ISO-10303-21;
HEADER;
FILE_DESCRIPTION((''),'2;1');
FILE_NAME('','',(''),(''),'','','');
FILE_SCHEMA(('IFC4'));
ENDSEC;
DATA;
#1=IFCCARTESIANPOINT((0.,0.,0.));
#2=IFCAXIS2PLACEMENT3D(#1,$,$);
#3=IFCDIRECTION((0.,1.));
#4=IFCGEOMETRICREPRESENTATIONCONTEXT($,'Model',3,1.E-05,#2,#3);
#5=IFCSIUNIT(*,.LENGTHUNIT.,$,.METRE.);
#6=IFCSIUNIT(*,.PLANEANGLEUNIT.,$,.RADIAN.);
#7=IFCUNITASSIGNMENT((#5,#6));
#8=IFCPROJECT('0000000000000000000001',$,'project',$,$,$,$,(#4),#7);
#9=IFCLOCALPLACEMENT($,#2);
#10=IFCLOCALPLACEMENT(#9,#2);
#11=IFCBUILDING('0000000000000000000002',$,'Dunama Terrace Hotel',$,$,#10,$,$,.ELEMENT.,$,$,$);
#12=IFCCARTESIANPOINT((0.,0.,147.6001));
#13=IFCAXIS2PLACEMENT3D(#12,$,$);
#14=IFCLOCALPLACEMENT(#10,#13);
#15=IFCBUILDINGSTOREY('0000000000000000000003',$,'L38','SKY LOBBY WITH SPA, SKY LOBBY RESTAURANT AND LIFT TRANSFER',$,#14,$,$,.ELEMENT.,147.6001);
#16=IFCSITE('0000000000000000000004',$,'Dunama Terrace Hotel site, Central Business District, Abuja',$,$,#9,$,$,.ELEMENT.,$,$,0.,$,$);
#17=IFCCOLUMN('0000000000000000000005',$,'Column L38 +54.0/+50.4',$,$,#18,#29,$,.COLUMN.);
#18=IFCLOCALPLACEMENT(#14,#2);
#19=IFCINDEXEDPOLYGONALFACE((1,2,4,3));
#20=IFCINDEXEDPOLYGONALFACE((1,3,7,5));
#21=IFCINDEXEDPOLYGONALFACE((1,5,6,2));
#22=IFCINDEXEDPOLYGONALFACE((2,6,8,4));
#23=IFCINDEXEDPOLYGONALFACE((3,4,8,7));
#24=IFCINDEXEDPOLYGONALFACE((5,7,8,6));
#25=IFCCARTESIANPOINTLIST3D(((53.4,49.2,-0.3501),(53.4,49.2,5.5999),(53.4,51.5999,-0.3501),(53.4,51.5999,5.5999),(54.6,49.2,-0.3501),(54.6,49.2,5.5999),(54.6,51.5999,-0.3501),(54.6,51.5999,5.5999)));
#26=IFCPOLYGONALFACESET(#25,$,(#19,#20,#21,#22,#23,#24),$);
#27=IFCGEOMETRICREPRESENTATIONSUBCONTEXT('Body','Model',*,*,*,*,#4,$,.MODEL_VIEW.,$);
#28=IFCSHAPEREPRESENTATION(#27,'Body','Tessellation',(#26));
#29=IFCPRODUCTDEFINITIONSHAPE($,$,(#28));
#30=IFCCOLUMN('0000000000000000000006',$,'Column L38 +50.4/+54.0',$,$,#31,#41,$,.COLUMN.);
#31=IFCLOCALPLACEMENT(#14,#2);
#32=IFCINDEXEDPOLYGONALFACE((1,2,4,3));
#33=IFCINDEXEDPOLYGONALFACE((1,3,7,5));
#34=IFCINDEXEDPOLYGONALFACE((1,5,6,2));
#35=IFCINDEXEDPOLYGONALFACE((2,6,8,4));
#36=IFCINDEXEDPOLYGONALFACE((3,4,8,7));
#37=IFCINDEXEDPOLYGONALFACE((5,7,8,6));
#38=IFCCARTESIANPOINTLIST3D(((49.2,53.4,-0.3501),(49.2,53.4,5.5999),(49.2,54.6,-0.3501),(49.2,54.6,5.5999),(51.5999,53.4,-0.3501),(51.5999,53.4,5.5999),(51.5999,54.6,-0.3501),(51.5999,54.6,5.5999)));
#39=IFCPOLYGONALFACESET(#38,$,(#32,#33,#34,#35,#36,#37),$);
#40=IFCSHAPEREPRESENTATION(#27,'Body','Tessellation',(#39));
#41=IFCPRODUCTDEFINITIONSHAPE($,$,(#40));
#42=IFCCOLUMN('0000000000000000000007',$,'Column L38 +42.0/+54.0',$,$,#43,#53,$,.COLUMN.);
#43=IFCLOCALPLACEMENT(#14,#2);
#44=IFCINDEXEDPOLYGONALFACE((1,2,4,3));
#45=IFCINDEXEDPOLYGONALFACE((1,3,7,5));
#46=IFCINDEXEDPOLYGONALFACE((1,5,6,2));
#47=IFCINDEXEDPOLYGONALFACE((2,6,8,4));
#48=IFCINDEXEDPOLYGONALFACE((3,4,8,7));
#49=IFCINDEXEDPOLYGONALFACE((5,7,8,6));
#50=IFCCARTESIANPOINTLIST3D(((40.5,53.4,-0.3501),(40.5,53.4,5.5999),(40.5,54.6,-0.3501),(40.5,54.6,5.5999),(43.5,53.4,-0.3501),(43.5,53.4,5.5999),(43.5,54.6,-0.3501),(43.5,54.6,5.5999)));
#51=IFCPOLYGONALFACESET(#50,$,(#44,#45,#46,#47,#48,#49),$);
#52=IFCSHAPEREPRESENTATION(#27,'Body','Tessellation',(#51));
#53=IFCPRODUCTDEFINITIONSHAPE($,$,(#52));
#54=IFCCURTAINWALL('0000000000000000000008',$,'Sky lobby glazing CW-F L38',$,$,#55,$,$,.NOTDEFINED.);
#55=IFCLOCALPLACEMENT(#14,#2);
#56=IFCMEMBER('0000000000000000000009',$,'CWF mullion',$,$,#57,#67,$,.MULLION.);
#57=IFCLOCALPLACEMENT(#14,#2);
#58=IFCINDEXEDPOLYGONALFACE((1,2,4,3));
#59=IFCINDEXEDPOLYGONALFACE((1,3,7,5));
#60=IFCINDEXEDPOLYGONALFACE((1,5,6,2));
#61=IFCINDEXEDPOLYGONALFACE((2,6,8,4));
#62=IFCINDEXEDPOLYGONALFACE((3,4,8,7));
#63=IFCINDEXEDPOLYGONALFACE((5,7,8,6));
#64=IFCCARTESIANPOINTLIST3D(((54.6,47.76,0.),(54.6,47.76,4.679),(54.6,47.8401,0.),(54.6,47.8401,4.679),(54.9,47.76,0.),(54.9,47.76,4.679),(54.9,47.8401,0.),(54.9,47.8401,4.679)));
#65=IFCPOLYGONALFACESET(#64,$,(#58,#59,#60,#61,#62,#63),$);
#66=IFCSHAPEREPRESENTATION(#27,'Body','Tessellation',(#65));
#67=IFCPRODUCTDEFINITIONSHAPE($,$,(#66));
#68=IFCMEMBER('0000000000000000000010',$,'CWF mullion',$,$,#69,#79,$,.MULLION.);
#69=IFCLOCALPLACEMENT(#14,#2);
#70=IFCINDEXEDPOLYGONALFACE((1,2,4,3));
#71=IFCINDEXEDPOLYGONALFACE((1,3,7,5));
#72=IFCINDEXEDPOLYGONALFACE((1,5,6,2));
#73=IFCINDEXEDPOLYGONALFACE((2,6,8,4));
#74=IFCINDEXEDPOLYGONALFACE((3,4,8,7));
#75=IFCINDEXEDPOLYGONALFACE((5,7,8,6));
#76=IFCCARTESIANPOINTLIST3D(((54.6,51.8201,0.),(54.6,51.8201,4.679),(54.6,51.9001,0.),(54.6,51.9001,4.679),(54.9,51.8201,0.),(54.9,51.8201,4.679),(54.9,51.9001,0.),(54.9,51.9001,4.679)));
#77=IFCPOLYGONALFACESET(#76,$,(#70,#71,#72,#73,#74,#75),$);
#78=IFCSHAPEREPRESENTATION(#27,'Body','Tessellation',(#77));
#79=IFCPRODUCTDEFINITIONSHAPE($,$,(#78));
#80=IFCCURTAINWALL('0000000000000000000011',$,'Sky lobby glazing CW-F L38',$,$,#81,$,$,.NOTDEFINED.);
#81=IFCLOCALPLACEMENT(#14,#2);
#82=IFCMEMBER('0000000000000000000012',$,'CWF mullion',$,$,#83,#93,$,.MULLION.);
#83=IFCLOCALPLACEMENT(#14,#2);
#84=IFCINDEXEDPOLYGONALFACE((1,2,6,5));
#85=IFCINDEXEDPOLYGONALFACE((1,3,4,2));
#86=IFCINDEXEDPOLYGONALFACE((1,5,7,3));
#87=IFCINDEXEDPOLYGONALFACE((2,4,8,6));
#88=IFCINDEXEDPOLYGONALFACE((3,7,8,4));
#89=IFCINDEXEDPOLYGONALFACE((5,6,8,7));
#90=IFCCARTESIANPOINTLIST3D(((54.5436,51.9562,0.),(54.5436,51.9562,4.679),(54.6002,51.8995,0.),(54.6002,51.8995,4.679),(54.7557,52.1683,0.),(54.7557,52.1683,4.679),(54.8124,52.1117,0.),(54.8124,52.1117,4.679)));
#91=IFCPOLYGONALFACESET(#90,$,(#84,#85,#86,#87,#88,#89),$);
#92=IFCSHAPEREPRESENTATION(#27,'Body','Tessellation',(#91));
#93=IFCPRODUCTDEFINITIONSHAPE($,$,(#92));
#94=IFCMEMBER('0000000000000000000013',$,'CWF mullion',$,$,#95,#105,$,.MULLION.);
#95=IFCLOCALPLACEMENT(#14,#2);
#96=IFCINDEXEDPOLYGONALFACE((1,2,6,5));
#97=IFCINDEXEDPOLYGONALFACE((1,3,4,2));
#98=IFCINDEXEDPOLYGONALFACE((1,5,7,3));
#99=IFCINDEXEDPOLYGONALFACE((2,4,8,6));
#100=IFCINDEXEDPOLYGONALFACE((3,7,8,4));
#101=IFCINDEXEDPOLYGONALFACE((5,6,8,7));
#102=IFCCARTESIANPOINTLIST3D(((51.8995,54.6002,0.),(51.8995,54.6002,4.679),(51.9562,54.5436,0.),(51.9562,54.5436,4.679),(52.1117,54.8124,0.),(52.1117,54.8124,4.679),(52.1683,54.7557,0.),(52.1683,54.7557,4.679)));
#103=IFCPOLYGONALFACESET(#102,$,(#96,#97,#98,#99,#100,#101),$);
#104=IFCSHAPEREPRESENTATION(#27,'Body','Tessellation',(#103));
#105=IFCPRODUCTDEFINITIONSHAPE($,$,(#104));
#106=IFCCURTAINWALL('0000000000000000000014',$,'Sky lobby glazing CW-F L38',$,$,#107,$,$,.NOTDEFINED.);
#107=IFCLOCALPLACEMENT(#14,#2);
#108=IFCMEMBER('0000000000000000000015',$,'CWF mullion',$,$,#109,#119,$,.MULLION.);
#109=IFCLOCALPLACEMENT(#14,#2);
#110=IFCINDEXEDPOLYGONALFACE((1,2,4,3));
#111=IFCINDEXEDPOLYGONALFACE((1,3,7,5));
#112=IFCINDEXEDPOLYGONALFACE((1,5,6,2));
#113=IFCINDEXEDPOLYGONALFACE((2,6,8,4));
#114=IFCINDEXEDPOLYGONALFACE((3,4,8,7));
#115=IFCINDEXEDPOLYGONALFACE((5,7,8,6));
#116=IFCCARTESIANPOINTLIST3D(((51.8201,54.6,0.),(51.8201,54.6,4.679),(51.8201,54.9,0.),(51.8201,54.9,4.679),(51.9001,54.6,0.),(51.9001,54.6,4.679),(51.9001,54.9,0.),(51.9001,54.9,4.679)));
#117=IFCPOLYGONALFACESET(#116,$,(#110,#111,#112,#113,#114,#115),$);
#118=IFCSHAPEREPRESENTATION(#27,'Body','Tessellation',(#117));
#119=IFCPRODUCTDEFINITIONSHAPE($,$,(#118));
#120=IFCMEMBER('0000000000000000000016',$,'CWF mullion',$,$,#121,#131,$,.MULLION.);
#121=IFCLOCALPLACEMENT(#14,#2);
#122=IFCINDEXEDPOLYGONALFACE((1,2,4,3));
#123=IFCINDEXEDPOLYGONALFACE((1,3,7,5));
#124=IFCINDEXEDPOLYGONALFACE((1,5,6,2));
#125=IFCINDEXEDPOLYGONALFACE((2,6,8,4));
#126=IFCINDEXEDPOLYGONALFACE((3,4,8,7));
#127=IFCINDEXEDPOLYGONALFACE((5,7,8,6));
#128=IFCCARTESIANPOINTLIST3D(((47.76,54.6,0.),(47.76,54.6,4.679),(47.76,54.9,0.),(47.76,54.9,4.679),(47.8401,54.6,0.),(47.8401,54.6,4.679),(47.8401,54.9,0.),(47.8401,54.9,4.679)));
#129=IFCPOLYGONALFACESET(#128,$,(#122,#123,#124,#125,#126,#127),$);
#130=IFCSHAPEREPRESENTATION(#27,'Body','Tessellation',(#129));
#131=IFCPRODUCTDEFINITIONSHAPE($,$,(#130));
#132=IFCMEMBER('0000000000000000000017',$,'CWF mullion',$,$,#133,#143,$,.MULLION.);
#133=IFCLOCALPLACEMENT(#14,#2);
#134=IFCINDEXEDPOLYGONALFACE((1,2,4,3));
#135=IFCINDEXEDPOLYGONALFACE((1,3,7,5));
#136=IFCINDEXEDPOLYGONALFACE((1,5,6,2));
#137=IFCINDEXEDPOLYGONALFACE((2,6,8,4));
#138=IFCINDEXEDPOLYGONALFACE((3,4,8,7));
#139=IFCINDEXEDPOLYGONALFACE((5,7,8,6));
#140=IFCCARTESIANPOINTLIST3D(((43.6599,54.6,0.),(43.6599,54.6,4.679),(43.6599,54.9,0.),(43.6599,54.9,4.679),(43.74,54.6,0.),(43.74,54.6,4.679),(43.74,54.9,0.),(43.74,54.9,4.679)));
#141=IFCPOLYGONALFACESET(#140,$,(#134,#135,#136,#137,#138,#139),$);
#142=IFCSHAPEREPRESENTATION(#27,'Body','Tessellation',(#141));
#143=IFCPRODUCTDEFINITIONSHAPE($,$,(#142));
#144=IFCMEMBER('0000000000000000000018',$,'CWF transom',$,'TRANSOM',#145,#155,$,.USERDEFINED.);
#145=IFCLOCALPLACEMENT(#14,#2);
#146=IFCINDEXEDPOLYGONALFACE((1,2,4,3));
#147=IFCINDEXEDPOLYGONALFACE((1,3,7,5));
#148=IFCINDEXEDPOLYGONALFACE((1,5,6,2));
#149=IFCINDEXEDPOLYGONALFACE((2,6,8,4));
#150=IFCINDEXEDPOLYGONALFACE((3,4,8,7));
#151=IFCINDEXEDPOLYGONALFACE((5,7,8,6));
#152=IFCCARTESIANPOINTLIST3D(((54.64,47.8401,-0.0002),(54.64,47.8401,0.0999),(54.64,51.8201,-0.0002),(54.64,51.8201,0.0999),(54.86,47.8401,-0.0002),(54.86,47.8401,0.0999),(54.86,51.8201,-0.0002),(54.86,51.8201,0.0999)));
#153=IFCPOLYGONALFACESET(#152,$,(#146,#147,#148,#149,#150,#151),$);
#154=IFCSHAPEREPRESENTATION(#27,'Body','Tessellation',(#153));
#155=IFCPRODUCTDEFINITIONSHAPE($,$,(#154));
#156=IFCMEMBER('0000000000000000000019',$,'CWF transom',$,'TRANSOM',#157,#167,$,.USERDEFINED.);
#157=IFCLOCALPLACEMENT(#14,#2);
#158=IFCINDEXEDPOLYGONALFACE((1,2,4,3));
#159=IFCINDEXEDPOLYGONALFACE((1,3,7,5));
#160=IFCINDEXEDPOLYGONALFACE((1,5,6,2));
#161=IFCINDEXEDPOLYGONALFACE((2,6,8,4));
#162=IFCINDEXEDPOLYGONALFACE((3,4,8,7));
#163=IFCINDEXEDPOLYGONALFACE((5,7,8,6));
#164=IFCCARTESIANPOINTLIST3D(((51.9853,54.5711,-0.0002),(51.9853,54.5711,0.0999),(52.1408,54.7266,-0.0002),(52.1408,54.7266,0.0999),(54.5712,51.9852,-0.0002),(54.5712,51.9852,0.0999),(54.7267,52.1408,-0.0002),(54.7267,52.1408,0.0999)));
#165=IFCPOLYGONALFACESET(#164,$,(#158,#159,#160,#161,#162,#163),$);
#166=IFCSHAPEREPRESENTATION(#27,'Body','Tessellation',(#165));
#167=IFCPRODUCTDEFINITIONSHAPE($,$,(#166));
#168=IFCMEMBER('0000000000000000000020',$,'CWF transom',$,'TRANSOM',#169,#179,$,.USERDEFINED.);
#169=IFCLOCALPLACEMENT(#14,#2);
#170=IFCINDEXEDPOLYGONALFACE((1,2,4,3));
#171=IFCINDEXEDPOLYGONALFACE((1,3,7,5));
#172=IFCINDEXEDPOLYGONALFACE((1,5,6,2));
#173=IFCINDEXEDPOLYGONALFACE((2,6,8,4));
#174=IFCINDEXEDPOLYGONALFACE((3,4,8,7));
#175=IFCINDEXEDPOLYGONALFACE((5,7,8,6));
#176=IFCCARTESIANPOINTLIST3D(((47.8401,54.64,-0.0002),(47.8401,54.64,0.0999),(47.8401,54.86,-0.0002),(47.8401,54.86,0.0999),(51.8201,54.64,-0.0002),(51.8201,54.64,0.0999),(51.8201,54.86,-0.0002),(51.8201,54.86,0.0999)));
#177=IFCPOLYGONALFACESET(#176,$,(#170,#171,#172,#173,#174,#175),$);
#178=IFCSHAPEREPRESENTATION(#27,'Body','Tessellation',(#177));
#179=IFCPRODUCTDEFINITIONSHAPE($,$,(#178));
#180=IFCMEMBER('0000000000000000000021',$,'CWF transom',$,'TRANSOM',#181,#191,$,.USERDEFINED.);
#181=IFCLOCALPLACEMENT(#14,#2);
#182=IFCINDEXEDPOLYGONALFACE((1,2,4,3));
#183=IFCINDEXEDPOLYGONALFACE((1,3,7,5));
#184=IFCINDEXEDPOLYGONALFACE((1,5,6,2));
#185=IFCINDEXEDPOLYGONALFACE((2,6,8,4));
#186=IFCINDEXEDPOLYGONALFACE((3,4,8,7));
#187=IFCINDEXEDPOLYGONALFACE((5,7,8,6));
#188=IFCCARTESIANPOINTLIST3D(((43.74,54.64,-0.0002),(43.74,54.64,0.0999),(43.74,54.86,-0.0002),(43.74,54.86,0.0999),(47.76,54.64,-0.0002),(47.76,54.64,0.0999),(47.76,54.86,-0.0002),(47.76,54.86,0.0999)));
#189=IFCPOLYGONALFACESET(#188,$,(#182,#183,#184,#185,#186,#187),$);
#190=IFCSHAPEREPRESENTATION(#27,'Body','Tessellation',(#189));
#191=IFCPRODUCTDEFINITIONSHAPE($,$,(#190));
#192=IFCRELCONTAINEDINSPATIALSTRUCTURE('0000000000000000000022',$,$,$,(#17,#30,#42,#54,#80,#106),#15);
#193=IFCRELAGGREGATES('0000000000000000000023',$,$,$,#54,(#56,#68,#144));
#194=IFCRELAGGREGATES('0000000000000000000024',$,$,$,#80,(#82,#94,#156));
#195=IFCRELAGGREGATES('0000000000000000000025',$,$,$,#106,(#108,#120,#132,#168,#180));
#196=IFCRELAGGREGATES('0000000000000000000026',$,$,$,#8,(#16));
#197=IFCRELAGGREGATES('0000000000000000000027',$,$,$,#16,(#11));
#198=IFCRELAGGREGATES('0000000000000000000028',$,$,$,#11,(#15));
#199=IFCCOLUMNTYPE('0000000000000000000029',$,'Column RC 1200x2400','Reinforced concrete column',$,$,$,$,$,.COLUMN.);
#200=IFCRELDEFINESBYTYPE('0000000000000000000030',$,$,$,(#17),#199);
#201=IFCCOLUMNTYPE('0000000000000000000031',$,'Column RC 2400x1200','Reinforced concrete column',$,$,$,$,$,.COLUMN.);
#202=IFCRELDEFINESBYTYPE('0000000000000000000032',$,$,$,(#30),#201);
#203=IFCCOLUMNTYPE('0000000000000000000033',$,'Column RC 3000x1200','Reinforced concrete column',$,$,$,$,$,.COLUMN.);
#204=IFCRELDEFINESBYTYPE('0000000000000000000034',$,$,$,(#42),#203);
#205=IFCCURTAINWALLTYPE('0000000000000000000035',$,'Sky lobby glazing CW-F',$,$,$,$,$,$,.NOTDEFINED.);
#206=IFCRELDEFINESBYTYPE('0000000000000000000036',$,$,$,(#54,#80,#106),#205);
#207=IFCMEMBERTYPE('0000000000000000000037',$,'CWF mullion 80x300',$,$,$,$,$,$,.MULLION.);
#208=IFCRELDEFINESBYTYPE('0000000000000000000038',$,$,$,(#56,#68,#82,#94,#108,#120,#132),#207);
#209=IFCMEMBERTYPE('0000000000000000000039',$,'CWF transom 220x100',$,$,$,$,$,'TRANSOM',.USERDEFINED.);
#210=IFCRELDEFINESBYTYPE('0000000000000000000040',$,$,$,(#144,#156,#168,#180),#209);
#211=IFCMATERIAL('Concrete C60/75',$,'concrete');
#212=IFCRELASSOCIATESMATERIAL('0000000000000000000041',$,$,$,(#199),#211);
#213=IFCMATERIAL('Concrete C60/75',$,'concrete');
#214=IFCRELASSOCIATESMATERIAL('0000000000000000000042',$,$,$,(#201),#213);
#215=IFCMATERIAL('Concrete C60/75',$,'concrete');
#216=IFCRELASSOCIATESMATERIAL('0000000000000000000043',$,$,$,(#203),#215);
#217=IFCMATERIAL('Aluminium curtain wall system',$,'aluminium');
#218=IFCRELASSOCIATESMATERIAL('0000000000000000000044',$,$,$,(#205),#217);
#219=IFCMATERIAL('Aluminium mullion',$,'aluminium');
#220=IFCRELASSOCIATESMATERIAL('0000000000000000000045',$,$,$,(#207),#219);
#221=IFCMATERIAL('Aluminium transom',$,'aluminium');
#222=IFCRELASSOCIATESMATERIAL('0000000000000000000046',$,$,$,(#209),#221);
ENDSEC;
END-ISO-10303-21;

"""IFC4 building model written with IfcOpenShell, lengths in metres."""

from ifc_helpers import new_model, si_unit, direction, frame, origin, origin_2d, place, context, subcontext, project, spatial, rectangle, extrude, material, material_profile, profile_set, type_object, element, aggregate, save


model = new_model("IFC4")

# Units and contexts
model_context = context("Model", 3, precision=1e-05, world=origin(), true_north=direction((0.0, 1.0)))
body_context = subcontext(model_context, "Body", "Model", "MODEL_VIEW")
ifc_project = project(units=[si_unit("LENGTHUNIT", "METRE"), si_unit("PLANEANGLEUNIT", "RADIAN")], contexts=[model_context])

# Site, building, storey
site_placement = place(None, origin())
site = spatial("IfcSite", under=ifc_project, at=site_placement, Name="Dunama Terrace Hotel site, Central Business District, Abuja", CompositionType="ELEMENT", RefElevation=0.0)
building_placement = place(site_placement, origin())
building = spatial("IfcBuilding", under=site, at=building_placement, Name="Dunama Terrace Hotel", CompositionType="ELEMENT")
storey_placement = place(building_placement, frame((0.0, 0.0, 147.6001)))
storey = spatial("IfcBuildingStorey", under=building, at=storey_placement, Name="L38", Description="SKY LOBBY WITH SPA, SKY LOBBY RESTAURANT AND LIFT TRANSFER", CompositionType="ELEMENT", Elevation=147.6001)

# Columns
ifc_material_1 = material(Name="Concrete C60/75", Category="concrete")
ifc_material_profile_1 = material_profile(ifc_material_1, rectangle(XDim=1.2, YDim=2.3999, at=origin_2d()), Name="RC 1200x2400")
ifc_profile_set_1 = profile_set([ifc_material_profile_1], Name="Concrete C60/75")
column_type_1 = type_object("IfcColumnType", Name="Column RC 1200x2400", Description="Reinforced concrete column", PredefinedType="COLUMN", material=ifc_profile_set_1)
column_1_placement = place(storey_placement, frame((54.0, 50.3999, -0.3501), z_axis=(0.0, 0.0, 1.0), x_axis=(1.0, 0.0, 0.0)))
element("IfcColumn", 1, at=column_1_placement, inside=storey, type_object=column_type_1, Name="Column L38 +54.0/+50.4", PredefinedType="COLUMN", context=body_context, shape_type="SweptSolid", body=[
    extrude(rectangle(XDim=1.2, YDim=2.3999, at=origin_2d()), origin(), (0.0, 0.0, 1.0), 5.95),
])
ifc_material_2 = material(Name="Concrete C60/75", Category="concrete")
ifc_material_profile_2 = material_profile(ifc_material_2, rectangle(XDim=2.3999, YDim=1.2, at=origin_2d()), Name="RC 2400x1200")
ifc_profile_set_2 = profile_set([ifc_material_profile_2], Name="Concrete C60/75")
column_type_2 = type_object("IfcColumnType", Name="Column RC 2400x1200", Description="Reinforced concrete column", PredefinedType="COLUMN", material=ifc_profile_set_2)
column_2_placement = place(storey_placement, frame((50.3999, 54.0, -0.3501), z_axis=(0.0, 0.0, 1.0), x_axis=(1.0, 0.0, 0.0)))
element("IfcColumn", 2, at=column_2_placement, inside=storey, type_object=column_type_2, Name="Column L38 +50.4/+54.0", PredefinedType="COLUMN", context=body_context, shape_type="SweptSolid", body=[
    extrude(rectangle(XDim=2.3999, YDim=1.2, at=origin_2d()), origin(), (0.0, 0.0, 1.0), 5.95),
])
ifc_material_3 = material(Name="Concrete C60/75", Category="concrete")
ifc_material_profile_3 = material_profile(ifc_material_3, rectangle(XDim=3.0, YDim=1.2, at=origin_2d()), Name="RC 3000x1200")
ifc_profile_set_3 = profile_set([ifc_material_profile_3], Name="Concrete C60/75")
column_type_3 = type_object("IfcColumnType", Name="Column RC 3000x1200", Description="Reinforced concrete column", PredefinedType="COLUMN", material=ifc_profile_set_3)
column_3_placement = place(storey_placement, frame((42.0, 54.0, -0.3501), z_axis=(0.0, 0.0, 1.0), x_axis=(1.0, 0.0, 0.0)))
element("IfcColumn", 3, at=column_3_placement, inside=storey, type_object=column_type_3, Name="Column L38 +42.0/+54.0", PredefinedType="COLUMN", context=body_context, shape_type="SweptSolid", body=[
    extrude(rectangle(XDim=3.0, YDim=1.2, at=origin_2d()), origin(), (0.0, 0.0, 1.0), 5.95),
])

# Curtain walls, members
ifc_material_4 = material(Name="Aluminium curtain wall system", Category="aluminium")
curtain_wall_type = type_object("IfcCurtainWallType", Name="Sky lobby glazing CW-F", PredefinedType="NOTDEFINED", material=ifc_material_4)
curtain_wall_1_placement = place(storey_placement, origin())
curtain_wall_1 = element("IfcCurtainWall", 4, at=curtain_wall_1_placement, inside=storey, type_object=curtain_wall_type, Name="Sky lobby glazing CW-F L38", PredefinedType="NOTDEFINED")
ifc_material_5 = material(Name="Aluminium mullion", Category="aluminium")
ifc_material_profile_4 = material_profile(ifc_material_5, rectangle(XDim=0.0801, YDim=0.3, at=origin_2d()), Name="CWF MULLION 80X300")
ifc_profile_set_4 = profile_set([ifc_material_profile_4], Name="Aluminium mullion")
member_type_1 = type_object("IfcMemberType", Name="CWF mullion 80x300", PredefinedType="MULLION", material=ifc_profile_set_4)
member_1_placement = place(storey_placement, frame((54.75, 47.8, 0.0), z_axis=(0.0, 0.0, 1.0), x_axis=(0.0, 1.0, 0.0)))
member_1 = element("IfcMember", 5, at=member_1_placement, type_object=member_type_1, Name="CWF mullion", PredefinedType="MULLION", context=body_context, shape_type="SweptSolid", body=[
    extrude(rectangle(XDim=0.0801, YDim=0.3, at=origin_2d()), origin(), (0.0, 0.0, 1.0), 4.679),
])
member_2_placement = place(storey_placement, frame((54.75, 51.8601, 0.0), z_axis=(0.0, 0.0, 1.0), x_axis=(0.0, 1.0, 0.0)))
member_2 = element("IfcMember", 6, at=member_2_placement, type_object=member_type_1, Name="CWF mullion", PredefinedType="MULLION", context=body_context, shape_type="SweptSolid", body=[
    extrude(rectangle(XDim=0.0801, YDim=0.3, at=origin_2d()), origin(), (0.0, 0.0, 1.0), 4.679),
])
curtain_wall_2_placement = place(storey_placement, origin())
curtain_wall_2 = element("IfcCurtainWall", 7, at=curtain_wall_2_placement, inside=storey, type_object=curtain_wall_type, Name="Sky lobby glazing CW-F L38", PredefinedType="NOTDEFINED")
member_3_placement = place(storey_placement, frame((54.678, 52.0339, 0.0), z_axis=(0.0, 0.0, 1.0), x_axis=(-0.707107, 0.707107, 0.0)))
member_3 = element("IfcMember", 8, at=member_3_placement, type_object=member_type_1, Name="CWF mullion", PredefinedType="MULLION", context=body_context, shape_type="SweptSolid", body=[
    extrude(rectangle(XDim=0.0801, YDim=0.3, at=origin_2d()), origin(), (0.0, 0.0, 1.0), 4.679),
])
member_4_placement = place(storey_placement, frame((52.0339, 54.678, 0.0), z_axis=(0.0, 0.0, 1.0), x_axis=(-0.707107, 0.707107, 0.0)))
member_4 = element("IfcMember", 9, at=member_4_placement, type_object=member_type_1, Name="CWF mullion", PredefinedType="MULLION", context=body_context, shape_type="SweptSolid", body=[
    extrude(rectangle(XDim=0.0801, YDim=0.3, at=origin_2d()), origin(), (0.0, 0.0, 1.0), 4.679),
])
curtain_wall_3_placement = place(storey_placement, origin())
curtain_wall_3 = element("IfcCurtainWall", 10, at=curtain_wall_3_placement, inside=storey, type_object=curtain_wall_type, Name="Sky lobby glazing CW-F L38", PredefinedType="NOTDEFINED")
member_5_placement = place(storey_placement, frame((51.8601, 54.75, 0.0), z_axis=(0.0, 0.0, 1.0), x_axis=(-1.0, 0.0, 0.0)))
member_5 = element("IfcMember", 11, at=member_5_placement, type_object=member_type_1, Name="CWF mullion", PredefinedType="MULLION", context=body_context, shape_type="SweptSolid", body=[
    extrude(rectangle(XDim=0.0801, YDim=0.3, at=origin_2d()), origin(), (0.0, 0.0, 1.0), 4.679),
])
member_6_placement = place(storey_placement, frame((47.8, 54.75, 0.0), z_axis=(0.0, 0.0, 1.0), x_axis=(-1.0, 0.0, 0.0)))
member_6 = element("IfcMember", 12, at=member_6_placement, type_object=member_type_1, Name="CWF mullion", PredefinedType="MULLION", context=body_context, shape_type="SweptSolid", body=[
    extrude(rectangle(XDim=0.0801, YDim=0.3, at=origin_2d()), origin(), (0.0, 0.0, 1.0), 4.679),
])
member_7_placement = place(storey_placement, frame((43.7, 54.75, 0.0), z_axis=(0.0, 0.0, 1.0), x_axis=(-1.0, 0.0, 0.0)))
member_7 = element("IfcMember", 13, at=member_7_placement, type_object=member_type_1, Name="CWF mullion", PredefinedType="MULLION", context=body_context, shape_type="SweptSolid", body=[
    extrude(rectangle(XDim=0.0801, YDim=0.3, at=origin_2d()), origin(), (0.0, 0.0, 1.0), 4.679),
])

# Members
ifc_material_6 = material(Name="Aluminium transom", Category="aluminium")
ifc_material_profile_5 = material_profile(ifc_material_6, rectangle(XDim=0.22, YDim=0.1001, at=origin_2d()), Name="CWF TRANSOM 220X100")
ifc_profile_set_5 = profile_set([ifc_material_profile_5], Name="Aluminium transom")
member_type_2 = type_object("IfcMemberType", Name="CWF transom 220x100", ElementType="TRANSOM", PredefinedType="USERDEFINED", material=ifc_profile_set_5)
member_8_placement = place(storey_placement, frame((54.75, 47.8401, 0.0498), z_axis=(0.0, 1.0, 0.0), x_axis=(-1.0, 0.0, 0.0)))
member_8 = element("IfcMember", 14, at=member_8_placement, type_object=member_type_2, Name="CWF transom", ObjectType="TRANSOM", PredefinedType="USERDEFINED", context=body_context, shape_type="SweptSolid", body=[
    extrude(rectangle(XDim=0.22, YDim=0.1001, at=origin_2d()), origin(), (0.0, 0.0, 1.0), 3.98),
])
member_9_placement = place(storey_placement, frame((54.6489, 52.063, 0.0498), z_axis=(-0.707107, 0.707107, 0.0), x_axis=(-0.707107, -0.707107, 0.0)))
member_9 = element("IfcMember", 15, at=member_9_placement, type_object=member_type_2, Name="CWF transom", ObjectType="TRANSOM", PredefinedType="USERDEFINED", context=body_context, shape_type="SweptSolid", body=[
    extrude(rectangle(XDim=0.22, YDim=0.1001, at=origin_2d()), origin(), (0.0, 0.0, 1.0), 3.657),
])
member_10_placement = place(storey_placement, frame((51.8201, 54.75, 0.0498), z_axis=(-1.0, 0.0, 0.0), x_axis=(0.0, -1.0, 0.0)))
member_10 = element("IfcMember", 16, at=member_10_placement, type_object=member_type_2, Name="CWF transom", ObjectType="TRANSOM", PredefinedType="USERDEFINED", context=body_context, shape_type="SweptSolid", body=[
    extrude(rectangle(XDim=0.22, YDim=0.1001, at=origin_2d()), origin(), (0.0, 0.0, 1.0), 3.98),
])
member_11_placement = place(storey_placement, frame((47.76, 54.75, 0.0498), z_axis=(-1.0, 0.0, 0.0), x_axis=(0.0, -1.0, 0.0)))
member_11 = element("IfcMember", 17, at=member_11_placement, type_object=member_type_2, Name="CWF transom", ObjectType="TRANSOM", PredefinedType="USERDEFINED", context=body_context, shape_type="SweptSolid", body=[
    extrude(rectangle(XDim=0.22, YDim=0.1001, at=origin_2d()), origin(), (0.0, 0.0, 1.0), 4.02),
])

aggregate(curtain_wall_1, [member_1, member_2, member_8])
aggregate(curtain_wall_2, [member_3, member_4, member_9])
aggregate(curtain_wall_3, [member_5, member_6, member_7, member_10, member_11])

save(model, "model.ifc")
